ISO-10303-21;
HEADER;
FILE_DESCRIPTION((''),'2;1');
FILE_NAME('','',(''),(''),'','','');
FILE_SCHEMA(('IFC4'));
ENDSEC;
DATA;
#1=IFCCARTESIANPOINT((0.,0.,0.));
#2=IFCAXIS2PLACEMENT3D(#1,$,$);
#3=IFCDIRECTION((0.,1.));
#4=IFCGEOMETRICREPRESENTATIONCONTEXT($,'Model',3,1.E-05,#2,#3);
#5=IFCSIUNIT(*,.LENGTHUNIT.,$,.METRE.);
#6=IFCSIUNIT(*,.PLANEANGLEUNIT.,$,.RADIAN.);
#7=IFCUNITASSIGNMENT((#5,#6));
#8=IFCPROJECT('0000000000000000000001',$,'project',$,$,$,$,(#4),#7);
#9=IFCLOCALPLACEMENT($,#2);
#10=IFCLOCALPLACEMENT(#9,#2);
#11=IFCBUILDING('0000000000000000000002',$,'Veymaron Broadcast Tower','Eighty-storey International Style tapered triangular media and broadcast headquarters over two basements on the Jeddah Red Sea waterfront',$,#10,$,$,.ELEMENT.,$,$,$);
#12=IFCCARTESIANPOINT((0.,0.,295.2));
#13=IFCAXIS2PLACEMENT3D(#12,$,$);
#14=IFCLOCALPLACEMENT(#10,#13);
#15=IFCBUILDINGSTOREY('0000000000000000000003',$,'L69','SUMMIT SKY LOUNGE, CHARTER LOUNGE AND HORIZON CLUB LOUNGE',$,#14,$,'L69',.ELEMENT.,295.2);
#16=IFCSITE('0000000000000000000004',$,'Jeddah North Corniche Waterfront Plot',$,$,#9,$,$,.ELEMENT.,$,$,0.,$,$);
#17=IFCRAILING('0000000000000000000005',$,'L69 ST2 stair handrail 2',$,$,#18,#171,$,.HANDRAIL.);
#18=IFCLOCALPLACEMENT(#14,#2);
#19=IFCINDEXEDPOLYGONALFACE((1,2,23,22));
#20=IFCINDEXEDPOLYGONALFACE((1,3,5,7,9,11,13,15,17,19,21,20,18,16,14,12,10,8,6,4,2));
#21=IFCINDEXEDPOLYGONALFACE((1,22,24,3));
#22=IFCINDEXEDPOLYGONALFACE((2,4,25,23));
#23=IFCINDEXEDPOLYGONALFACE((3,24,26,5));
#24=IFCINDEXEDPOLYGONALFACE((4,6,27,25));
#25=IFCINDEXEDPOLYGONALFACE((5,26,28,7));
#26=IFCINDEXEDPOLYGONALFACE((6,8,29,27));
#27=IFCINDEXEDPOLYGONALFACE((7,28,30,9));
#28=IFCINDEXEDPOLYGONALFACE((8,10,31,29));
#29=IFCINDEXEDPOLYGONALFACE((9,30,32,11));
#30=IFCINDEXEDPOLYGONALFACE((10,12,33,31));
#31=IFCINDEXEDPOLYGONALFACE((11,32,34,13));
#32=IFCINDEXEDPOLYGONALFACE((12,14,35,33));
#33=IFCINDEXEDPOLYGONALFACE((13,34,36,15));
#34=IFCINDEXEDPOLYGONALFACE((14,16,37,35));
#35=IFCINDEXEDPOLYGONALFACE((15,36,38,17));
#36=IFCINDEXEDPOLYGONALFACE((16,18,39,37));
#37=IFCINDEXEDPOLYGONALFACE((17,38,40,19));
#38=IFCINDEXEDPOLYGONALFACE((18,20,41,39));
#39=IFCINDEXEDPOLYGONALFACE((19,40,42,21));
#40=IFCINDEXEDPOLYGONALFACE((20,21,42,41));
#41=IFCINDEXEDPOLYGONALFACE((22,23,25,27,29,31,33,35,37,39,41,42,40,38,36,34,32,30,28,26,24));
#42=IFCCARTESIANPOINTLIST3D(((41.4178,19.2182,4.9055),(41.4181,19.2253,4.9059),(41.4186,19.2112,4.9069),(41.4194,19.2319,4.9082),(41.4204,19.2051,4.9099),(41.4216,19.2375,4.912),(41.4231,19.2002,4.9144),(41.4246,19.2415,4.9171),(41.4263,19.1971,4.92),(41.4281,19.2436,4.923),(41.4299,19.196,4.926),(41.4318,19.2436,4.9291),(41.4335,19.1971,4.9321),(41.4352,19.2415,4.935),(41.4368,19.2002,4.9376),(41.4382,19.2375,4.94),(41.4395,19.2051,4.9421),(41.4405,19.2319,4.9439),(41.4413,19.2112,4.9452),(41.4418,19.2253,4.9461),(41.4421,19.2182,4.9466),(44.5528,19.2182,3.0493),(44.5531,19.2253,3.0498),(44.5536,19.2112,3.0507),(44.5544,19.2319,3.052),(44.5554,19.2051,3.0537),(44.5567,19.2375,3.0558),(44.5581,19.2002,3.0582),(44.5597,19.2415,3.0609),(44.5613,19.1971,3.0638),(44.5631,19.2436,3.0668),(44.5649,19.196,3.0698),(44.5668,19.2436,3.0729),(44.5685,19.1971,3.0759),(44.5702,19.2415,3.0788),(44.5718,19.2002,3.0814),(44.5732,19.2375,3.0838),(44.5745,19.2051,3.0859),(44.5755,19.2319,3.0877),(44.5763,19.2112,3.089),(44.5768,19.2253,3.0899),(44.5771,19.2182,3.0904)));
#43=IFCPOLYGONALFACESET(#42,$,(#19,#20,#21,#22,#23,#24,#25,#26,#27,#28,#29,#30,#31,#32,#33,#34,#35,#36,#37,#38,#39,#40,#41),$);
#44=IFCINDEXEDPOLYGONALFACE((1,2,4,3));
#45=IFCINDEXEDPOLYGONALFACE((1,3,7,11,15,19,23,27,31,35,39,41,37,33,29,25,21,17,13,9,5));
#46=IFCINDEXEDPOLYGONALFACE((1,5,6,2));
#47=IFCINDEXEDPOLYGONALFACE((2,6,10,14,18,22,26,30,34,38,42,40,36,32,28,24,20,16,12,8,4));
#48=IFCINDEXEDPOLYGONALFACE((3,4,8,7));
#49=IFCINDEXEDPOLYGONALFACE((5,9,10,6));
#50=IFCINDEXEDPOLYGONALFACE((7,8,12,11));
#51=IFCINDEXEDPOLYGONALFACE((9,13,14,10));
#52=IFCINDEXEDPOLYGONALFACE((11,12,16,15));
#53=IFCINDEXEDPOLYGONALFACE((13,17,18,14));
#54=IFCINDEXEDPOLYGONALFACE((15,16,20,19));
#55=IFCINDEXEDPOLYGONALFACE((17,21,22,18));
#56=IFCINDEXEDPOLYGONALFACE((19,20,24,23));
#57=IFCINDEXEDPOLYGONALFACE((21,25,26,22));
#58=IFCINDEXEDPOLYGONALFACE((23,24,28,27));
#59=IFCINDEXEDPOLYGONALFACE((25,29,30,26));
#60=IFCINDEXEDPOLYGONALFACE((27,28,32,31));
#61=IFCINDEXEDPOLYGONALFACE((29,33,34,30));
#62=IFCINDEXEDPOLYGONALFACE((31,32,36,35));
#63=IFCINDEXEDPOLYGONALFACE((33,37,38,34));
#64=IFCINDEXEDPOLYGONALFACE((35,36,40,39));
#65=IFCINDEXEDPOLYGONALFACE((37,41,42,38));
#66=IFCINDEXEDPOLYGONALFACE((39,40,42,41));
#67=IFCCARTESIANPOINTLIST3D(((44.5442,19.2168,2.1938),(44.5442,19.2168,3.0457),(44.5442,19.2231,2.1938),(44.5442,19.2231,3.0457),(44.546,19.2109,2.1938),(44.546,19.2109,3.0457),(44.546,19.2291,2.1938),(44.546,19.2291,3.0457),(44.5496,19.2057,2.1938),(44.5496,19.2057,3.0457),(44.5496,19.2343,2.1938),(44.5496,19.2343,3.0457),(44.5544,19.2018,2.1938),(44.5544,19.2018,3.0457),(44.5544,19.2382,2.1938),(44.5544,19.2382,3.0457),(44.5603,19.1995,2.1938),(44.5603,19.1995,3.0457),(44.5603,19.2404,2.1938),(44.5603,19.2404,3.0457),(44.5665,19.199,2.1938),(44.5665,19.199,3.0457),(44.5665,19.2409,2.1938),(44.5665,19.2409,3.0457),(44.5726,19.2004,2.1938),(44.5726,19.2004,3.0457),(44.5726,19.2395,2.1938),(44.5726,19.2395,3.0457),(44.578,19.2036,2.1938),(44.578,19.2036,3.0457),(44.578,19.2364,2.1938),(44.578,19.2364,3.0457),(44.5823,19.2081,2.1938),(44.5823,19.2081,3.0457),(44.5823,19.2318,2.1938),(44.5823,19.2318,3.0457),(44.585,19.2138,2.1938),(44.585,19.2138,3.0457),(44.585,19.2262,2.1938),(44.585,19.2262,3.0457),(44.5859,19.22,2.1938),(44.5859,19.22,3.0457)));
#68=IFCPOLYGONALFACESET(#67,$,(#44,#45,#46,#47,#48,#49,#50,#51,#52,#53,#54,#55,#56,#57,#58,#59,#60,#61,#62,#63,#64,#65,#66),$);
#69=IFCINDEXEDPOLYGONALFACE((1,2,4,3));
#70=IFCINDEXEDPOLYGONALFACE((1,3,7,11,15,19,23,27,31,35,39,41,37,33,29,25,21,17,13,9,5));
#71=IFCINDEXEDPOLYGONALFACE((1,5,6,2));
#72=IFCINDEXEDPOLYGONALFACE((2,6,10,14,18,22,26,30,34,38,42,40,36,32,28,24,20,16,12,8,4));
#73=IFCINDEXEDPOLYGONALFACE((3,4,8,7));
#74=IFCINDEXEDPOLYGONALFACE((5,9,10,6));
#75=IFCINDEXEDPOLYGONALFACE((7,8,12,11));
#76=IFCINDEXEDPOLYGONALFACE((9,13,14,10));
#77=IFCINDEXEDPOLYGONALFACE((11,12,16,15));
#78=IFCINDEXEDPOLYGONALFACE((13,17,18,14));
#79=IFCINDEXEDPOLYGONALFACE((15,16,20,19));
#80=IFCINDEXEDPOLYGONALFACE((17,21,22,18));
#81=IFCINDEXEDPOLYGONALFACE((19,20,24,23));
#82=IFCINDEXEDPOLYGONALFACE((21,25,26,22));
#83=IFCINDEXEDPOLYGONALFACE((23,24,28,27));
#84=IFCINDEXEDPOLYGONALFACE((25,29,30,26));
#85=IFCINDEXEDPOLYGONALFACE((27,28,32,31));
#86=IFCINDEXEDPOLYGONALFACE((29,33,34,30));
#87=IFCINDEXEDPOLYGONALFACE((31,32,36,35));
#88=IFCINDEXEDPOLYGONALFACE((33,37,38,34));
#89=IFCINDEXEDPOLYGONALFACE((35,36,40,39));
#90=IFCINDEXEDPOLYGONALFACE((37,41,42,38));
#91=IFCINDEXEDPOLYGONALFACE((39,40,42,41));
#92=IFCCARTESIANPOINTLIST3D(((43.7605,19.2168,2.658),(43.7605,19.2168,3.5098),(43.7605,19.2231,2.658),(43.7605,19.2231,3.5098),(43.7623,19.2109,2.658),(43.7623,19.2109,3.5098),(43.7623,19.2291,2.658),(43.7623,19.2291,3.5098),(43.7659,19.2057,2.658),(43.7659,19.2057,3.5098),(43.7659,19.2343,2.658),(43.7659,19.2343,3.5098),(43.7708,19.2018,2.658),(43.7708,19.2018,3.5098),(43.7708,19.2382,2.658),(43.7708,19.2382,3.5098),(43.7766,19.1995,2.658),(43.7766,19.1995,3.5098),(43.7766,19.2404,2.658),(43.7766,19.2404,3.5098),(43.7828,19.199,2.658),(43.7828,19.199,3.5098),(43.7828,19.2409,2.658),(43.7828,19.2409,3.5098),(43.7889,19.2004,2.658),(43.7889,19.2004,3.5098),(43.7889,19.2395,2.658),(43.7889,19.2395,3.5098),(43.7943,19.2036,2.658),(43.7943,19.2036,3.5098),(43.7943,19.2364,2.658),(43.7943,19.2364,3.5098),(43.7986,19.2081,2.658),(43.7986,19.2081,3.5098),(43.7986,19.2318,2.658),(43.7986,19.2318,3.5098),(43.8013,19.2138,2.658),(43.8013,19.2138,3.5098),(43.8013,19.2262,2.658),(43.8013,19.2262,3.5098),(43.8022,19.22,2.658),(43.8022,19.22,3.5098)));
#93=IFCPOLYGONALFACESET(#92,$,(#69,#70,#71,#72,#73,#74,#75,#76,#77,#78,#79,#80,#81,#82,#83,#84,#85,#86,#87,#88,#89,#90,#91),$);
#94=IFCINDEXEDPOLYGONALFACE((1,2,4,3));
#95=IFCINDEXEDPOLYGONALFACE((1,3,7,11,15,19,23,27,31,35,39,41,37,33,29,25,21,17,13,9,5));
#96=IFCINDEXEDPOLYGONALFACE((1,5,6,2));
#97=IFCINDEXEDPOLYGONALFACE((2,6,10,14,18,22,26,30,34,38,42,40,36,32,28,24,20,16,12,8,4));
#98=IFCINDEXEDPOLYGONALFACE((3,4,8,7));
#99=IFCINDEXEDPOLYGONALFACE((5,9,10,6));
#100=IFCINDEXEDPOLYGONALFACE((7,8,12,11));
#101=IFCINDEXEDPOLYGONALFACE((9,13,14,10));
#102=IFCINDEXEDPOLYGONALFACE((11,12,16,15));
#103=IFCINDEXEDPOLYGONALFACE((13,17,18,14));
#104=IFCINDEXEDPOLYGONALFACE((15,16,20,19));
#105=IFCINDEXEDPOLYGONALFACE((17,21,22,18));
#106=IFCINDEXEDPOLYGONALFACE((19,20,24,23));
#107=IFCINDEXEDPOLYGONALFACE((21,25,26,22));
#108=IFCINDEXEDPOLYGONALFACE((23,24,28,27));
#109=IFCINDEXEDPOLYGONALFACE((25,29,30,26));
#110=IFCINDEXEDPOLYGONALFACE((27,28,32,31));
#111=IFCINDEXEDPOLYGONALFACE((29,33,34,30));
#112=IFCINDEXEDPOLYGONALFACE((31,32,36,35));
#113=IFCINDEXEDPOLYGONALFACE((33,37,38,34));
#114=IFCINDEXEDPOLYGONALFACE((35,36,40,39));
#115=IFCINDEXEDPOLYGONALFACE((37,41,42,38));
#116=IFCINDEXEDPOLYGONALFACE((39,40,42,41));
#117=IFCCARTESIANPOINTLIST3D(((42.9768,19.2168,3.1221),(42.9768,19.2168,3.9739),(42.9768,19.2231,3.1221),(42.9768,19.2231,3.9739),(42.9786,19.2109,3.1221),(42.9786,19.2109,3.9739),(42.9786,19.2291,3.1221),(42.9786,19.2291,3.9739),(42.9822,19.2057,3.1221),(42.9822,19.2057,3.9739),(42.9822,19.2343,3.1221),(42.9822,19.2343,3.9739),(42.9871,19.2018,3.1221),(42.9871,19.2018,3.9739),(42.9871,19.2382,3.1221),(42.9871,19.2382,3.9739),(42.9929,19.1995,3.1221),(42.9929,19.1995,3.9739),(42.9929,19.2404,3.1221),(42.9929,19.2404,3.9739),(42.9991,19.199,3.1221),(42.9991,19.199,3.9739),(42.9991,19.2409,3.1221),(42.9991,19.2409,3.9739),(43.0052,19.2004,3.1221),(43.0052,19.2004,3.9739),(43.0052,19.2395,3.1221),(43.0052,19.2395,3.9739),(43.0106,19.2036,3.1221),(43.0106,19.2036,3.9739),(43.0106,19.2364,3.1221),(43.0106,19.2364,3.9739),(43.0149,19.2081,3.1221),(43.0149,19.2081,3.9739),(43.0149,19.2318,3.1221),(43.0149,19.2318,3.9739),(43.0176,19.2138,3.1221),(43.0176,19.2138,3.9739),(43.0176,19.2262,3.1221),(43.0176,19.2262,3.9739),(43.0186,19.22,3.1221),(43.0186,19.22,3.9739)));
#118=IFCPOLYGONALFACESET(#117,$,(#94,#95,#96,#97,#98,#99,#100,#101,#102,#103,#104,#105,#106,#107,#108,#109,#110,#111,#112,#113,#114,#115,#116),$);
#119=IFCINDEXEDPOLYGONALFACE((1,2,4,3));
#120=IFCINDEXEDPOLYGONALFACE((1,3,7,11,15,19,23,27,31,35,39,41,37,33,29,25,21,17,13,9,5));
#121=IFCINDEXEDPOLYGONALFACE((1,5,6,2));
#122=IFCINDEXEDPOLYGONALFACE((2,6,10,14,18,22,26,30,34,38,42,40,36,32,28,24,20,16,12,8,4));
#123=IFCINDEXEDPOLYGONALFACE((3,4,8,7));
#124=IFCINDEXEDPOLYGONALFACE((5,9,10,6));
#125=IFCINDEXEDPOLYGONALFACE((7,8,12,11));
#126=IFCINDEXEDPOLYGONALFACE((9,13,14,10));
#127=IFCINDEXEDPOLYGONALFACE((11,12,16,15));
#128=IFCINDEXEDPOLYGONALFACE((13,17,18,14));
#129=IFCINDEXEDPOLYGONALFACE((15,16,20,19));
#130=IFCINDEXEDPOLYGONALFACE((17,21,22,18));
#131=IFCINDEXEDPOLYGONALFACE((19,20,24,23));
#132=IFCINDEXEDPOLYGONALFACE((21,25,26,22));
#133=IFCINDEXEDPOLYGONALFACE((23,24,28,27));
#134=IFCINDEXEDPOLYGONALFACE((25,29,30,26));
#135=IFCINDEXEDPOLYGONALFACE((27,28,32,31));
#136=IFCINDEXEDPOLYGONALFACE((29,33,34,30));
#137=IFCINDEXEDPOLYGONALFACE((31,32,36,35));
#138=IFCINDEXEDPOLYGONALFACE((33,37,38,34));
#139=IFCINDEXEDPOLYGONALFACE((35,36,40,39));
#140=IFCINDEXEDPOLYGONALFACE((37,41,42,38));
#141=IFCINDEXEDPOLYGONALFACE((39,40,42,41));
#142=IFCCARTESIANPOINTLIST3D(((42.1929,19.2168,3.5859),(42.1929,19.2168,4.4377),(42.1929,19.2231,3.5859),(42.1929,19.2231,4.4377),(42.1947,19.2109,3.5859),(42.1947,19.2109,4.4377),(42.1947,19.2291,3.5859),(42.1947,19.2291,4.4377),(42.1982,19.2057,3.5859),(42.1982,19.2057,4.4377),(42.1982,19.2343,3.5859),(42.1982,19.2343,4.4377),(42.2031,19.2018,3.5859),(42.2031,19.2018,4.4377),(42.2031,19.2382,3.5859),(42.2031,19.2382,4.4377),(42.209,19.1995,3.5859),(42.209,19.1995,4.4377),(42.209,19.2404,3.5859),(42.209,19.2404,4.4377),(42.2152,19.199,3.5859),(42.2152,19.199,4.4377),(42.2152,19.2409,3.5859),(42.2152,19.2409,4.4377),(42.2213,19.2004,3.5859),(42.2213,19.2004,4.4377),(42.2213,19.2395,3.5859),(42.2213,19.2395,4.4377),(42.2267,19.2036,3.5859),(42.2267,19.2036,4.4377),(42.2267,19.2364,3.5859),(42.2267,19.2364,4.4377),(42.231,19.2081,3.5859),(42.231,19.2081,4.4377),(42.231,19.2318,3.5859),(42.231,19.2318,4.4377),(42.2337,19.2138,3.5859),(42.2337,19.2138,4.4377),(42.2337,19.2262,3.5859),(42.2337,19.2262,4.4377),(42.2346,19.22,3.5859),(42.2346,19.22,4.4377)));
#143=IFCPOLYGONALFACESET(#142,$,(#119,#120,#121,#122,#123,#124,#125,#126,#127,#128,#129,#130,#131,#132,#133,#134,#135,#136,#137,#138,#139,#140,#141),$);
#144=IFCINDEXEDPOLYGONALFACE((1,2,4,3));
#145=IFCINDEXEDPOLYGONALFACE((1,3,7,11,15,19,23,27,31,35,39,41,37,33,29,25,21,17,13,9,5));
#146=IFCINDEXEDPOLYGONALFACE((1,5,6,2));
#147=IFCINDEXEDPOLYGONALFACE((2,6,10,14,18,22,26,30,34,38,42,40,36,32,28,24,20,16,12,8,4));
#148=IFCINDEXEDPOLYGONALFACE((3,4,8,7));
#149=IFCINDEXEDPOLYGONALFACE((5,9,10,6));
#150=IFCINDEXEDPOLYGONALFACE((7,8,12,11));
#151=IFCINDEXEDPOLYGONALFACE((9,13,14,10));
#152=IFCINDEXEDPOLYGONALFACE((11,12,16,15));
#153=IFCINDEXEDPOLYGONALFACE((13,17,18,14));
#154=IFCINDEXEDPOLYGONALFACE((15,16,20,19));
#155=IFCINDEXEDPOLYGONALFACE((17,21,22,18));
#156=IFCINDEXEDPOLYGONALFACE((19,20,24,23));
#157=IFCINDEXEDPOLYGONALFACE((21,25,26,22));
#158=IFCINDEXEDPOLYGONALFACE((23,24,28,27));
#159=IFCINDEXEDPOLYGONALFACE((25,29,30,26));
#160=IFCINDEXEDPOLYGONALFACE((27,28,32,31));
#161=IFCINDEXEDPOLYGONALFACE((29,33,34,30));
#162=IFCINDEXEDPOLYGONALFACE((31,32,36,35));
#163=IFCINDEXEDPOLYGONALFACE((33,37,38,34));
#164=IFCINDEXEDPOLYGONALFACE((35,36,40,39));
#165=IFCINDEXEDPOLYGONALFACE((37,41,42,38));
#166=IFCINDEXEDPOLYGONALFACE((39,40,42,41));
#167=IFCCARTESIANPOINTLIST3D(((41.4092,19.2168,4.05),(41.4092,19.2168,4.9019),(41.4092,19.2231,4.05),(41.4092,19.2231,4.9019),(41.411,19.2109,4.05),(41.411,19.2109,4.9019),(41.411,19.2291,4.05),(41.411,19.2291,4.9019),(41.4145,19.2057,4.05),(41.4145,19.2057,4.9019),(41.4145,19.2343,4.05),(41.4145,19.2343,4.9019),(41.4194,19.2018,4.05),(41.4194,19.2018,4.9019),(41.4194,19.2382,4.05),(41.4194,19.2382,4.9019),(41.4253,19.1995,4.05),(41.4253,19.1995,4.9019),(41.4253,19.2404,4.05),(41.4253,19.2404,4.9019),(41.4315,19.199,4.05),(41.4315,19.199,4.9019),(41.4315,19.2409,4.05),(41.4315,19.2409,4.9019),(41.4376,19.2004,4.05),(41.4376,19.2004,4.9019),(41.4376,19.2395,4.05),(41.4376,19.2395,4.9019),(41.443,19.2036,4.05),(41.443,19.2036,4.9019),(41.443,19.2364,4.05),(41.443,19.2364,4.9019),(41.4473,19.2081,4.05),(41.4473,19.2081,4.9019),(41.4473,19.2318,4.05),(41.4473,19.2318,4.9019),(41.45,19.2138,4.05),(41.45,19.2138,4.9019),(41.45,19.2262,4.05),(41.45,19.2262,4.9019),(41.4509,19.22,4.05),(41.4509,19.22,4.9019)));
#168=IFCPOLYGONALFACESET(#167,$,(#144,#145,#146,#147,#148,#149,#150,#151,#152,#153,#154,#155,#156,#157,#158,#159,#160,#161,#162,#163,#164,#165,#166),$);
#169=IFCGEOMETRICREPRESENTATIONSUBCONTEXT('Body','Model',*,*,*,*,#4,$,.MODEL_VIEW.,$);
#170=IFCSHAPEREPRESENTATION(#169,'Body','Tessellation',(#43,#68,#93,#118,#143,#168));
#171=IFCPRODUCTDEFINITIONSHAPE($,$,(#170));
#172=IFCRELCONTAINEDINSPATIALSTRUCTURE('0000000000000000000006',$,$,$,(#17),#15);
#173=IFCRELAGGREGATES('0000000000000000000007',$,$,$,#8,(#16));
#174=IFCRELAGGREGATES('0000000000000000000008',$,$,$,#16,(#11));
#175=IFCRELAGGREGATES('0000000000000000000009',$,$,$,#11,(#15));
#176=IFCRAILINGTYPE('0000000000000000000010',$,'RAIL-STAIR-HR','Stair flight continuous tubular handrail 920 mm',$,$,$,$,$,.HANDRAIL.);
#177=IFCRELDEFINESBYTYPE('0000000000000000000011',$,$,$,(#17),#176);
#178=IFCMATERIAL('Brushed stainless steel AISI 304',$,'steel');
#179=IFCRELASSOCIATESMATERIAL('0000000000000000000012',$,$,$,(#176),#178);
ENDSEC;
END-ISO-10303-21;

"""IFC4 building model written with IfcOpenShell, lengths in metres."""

from ifc_helpers import new_model, si_unit, direction, frame, origin, origin_2d, place, context, subcontext, project, spatial, circle, extrude, material, type_object, element, save


model = new_model("IFC4")

# Units and contexts
model_context = context("Model", 3, precision=1e-05, world=origin(), true_north=direction((0.0, 1.0)))
body_context = subcontext(model_context, "Body", "Model", "MODEL_VIEW")
ifc_project = project(units=[si_unit("LENGTHUNIT", "METRE"), si_unit("PLANEANGLEUNIT", "RADIAN")], contexts=[model_context])

# Site, building, storey
site_placement = place(None, origin())
site = spatial("IfcSite", under=ifc_project, at=site_placement, Name="Jeddah North Corniche Waterfront Plot", CompositionType="ELEMENT", RefElevation=0.0)
building_placement = place(site_placement, origin())
building = spatial("IfcBuilding", under=site, at=building_placement, Name="Veymaron Broadcast Tower", Description="Eighty-storey International Style tapered triangular media and broadcast headquarters over two basements on the Jeddah Red Sea waterfront", CompositionType="ELEMENT")
storey_placement = place(building_placement, frame((0.0, 0.0, 295.2)))
storey = spatial("IfcBuildingStorey", under=building, at=storey_placement, Name="L69", Description="SUMMIT SKY LOUNGE, CHARTER LOUNGE AND HORIZON CLUB LOUNGE", LongName="L69", CompositionType="ELEMENT", Elevation=295.2)

# Shared definitions
ifc_material_1 = material(Name="Brushed stainless steel AISI 304", Category="steel")

# Railing
railing_type_1 = type_object("IfcRailingType", Name="RAIL-STAIR-HR", Description="Stair flight continuous tubular handrail 920 mm", PredefinedType="HANDRAIL", material=ifc_material_1)
railing_1_placement = place(storey_placement, frame((44.5649, 19.22, 2.1938)))
element("IfcRailing", 1, at=railing_1_placement, inside=storey, type_object=railing_type_1, Name="L69 ST2 stair handrail 2", PredefinedType="HANDRAIL", context=body_context, shape_type="SweptSolid", body=[
    extrude(circle(Radius=0.0239, at=origin_2d()), frame((0.0, 0.0, 0.876), z_axis=(-0.860482, 0.0, 0.509481), x_axis=(0.0, -1.0, 0.0)), (0.0, 0.0, 1.0), 3.6433),
    extrude(circle(Radius=0.021, at=origin_2d()), origin(), (0.0, 0.0, 1.0), 0.8518),
    extrude(circle(Radius=0.021, at=origin_2d()), frame((-0.7837, 0.0, 0.4641)), (0.0, 0.0, 1.0), 0.8518),
    extrude(circle(Radius=0.021, at=origin_2d()), frame((-1.5674, 0.0, 0.9282)), (0.0, 0.0, 1.0), 0.8518),
    extrude(circle(Radius=0.021, at=origin_2d()), frame((-2.3513, 0.0, 1.3921)), (0.0, 0.0, 1.0), 0.8518),
    extrude(circle(Radius=0.021, at=origin_2d()), frame((-3.135, 0.0, 1.8562)), (0.0, 0.0, 1.0), 0.8518),
])

save(model, "model.ifc")
